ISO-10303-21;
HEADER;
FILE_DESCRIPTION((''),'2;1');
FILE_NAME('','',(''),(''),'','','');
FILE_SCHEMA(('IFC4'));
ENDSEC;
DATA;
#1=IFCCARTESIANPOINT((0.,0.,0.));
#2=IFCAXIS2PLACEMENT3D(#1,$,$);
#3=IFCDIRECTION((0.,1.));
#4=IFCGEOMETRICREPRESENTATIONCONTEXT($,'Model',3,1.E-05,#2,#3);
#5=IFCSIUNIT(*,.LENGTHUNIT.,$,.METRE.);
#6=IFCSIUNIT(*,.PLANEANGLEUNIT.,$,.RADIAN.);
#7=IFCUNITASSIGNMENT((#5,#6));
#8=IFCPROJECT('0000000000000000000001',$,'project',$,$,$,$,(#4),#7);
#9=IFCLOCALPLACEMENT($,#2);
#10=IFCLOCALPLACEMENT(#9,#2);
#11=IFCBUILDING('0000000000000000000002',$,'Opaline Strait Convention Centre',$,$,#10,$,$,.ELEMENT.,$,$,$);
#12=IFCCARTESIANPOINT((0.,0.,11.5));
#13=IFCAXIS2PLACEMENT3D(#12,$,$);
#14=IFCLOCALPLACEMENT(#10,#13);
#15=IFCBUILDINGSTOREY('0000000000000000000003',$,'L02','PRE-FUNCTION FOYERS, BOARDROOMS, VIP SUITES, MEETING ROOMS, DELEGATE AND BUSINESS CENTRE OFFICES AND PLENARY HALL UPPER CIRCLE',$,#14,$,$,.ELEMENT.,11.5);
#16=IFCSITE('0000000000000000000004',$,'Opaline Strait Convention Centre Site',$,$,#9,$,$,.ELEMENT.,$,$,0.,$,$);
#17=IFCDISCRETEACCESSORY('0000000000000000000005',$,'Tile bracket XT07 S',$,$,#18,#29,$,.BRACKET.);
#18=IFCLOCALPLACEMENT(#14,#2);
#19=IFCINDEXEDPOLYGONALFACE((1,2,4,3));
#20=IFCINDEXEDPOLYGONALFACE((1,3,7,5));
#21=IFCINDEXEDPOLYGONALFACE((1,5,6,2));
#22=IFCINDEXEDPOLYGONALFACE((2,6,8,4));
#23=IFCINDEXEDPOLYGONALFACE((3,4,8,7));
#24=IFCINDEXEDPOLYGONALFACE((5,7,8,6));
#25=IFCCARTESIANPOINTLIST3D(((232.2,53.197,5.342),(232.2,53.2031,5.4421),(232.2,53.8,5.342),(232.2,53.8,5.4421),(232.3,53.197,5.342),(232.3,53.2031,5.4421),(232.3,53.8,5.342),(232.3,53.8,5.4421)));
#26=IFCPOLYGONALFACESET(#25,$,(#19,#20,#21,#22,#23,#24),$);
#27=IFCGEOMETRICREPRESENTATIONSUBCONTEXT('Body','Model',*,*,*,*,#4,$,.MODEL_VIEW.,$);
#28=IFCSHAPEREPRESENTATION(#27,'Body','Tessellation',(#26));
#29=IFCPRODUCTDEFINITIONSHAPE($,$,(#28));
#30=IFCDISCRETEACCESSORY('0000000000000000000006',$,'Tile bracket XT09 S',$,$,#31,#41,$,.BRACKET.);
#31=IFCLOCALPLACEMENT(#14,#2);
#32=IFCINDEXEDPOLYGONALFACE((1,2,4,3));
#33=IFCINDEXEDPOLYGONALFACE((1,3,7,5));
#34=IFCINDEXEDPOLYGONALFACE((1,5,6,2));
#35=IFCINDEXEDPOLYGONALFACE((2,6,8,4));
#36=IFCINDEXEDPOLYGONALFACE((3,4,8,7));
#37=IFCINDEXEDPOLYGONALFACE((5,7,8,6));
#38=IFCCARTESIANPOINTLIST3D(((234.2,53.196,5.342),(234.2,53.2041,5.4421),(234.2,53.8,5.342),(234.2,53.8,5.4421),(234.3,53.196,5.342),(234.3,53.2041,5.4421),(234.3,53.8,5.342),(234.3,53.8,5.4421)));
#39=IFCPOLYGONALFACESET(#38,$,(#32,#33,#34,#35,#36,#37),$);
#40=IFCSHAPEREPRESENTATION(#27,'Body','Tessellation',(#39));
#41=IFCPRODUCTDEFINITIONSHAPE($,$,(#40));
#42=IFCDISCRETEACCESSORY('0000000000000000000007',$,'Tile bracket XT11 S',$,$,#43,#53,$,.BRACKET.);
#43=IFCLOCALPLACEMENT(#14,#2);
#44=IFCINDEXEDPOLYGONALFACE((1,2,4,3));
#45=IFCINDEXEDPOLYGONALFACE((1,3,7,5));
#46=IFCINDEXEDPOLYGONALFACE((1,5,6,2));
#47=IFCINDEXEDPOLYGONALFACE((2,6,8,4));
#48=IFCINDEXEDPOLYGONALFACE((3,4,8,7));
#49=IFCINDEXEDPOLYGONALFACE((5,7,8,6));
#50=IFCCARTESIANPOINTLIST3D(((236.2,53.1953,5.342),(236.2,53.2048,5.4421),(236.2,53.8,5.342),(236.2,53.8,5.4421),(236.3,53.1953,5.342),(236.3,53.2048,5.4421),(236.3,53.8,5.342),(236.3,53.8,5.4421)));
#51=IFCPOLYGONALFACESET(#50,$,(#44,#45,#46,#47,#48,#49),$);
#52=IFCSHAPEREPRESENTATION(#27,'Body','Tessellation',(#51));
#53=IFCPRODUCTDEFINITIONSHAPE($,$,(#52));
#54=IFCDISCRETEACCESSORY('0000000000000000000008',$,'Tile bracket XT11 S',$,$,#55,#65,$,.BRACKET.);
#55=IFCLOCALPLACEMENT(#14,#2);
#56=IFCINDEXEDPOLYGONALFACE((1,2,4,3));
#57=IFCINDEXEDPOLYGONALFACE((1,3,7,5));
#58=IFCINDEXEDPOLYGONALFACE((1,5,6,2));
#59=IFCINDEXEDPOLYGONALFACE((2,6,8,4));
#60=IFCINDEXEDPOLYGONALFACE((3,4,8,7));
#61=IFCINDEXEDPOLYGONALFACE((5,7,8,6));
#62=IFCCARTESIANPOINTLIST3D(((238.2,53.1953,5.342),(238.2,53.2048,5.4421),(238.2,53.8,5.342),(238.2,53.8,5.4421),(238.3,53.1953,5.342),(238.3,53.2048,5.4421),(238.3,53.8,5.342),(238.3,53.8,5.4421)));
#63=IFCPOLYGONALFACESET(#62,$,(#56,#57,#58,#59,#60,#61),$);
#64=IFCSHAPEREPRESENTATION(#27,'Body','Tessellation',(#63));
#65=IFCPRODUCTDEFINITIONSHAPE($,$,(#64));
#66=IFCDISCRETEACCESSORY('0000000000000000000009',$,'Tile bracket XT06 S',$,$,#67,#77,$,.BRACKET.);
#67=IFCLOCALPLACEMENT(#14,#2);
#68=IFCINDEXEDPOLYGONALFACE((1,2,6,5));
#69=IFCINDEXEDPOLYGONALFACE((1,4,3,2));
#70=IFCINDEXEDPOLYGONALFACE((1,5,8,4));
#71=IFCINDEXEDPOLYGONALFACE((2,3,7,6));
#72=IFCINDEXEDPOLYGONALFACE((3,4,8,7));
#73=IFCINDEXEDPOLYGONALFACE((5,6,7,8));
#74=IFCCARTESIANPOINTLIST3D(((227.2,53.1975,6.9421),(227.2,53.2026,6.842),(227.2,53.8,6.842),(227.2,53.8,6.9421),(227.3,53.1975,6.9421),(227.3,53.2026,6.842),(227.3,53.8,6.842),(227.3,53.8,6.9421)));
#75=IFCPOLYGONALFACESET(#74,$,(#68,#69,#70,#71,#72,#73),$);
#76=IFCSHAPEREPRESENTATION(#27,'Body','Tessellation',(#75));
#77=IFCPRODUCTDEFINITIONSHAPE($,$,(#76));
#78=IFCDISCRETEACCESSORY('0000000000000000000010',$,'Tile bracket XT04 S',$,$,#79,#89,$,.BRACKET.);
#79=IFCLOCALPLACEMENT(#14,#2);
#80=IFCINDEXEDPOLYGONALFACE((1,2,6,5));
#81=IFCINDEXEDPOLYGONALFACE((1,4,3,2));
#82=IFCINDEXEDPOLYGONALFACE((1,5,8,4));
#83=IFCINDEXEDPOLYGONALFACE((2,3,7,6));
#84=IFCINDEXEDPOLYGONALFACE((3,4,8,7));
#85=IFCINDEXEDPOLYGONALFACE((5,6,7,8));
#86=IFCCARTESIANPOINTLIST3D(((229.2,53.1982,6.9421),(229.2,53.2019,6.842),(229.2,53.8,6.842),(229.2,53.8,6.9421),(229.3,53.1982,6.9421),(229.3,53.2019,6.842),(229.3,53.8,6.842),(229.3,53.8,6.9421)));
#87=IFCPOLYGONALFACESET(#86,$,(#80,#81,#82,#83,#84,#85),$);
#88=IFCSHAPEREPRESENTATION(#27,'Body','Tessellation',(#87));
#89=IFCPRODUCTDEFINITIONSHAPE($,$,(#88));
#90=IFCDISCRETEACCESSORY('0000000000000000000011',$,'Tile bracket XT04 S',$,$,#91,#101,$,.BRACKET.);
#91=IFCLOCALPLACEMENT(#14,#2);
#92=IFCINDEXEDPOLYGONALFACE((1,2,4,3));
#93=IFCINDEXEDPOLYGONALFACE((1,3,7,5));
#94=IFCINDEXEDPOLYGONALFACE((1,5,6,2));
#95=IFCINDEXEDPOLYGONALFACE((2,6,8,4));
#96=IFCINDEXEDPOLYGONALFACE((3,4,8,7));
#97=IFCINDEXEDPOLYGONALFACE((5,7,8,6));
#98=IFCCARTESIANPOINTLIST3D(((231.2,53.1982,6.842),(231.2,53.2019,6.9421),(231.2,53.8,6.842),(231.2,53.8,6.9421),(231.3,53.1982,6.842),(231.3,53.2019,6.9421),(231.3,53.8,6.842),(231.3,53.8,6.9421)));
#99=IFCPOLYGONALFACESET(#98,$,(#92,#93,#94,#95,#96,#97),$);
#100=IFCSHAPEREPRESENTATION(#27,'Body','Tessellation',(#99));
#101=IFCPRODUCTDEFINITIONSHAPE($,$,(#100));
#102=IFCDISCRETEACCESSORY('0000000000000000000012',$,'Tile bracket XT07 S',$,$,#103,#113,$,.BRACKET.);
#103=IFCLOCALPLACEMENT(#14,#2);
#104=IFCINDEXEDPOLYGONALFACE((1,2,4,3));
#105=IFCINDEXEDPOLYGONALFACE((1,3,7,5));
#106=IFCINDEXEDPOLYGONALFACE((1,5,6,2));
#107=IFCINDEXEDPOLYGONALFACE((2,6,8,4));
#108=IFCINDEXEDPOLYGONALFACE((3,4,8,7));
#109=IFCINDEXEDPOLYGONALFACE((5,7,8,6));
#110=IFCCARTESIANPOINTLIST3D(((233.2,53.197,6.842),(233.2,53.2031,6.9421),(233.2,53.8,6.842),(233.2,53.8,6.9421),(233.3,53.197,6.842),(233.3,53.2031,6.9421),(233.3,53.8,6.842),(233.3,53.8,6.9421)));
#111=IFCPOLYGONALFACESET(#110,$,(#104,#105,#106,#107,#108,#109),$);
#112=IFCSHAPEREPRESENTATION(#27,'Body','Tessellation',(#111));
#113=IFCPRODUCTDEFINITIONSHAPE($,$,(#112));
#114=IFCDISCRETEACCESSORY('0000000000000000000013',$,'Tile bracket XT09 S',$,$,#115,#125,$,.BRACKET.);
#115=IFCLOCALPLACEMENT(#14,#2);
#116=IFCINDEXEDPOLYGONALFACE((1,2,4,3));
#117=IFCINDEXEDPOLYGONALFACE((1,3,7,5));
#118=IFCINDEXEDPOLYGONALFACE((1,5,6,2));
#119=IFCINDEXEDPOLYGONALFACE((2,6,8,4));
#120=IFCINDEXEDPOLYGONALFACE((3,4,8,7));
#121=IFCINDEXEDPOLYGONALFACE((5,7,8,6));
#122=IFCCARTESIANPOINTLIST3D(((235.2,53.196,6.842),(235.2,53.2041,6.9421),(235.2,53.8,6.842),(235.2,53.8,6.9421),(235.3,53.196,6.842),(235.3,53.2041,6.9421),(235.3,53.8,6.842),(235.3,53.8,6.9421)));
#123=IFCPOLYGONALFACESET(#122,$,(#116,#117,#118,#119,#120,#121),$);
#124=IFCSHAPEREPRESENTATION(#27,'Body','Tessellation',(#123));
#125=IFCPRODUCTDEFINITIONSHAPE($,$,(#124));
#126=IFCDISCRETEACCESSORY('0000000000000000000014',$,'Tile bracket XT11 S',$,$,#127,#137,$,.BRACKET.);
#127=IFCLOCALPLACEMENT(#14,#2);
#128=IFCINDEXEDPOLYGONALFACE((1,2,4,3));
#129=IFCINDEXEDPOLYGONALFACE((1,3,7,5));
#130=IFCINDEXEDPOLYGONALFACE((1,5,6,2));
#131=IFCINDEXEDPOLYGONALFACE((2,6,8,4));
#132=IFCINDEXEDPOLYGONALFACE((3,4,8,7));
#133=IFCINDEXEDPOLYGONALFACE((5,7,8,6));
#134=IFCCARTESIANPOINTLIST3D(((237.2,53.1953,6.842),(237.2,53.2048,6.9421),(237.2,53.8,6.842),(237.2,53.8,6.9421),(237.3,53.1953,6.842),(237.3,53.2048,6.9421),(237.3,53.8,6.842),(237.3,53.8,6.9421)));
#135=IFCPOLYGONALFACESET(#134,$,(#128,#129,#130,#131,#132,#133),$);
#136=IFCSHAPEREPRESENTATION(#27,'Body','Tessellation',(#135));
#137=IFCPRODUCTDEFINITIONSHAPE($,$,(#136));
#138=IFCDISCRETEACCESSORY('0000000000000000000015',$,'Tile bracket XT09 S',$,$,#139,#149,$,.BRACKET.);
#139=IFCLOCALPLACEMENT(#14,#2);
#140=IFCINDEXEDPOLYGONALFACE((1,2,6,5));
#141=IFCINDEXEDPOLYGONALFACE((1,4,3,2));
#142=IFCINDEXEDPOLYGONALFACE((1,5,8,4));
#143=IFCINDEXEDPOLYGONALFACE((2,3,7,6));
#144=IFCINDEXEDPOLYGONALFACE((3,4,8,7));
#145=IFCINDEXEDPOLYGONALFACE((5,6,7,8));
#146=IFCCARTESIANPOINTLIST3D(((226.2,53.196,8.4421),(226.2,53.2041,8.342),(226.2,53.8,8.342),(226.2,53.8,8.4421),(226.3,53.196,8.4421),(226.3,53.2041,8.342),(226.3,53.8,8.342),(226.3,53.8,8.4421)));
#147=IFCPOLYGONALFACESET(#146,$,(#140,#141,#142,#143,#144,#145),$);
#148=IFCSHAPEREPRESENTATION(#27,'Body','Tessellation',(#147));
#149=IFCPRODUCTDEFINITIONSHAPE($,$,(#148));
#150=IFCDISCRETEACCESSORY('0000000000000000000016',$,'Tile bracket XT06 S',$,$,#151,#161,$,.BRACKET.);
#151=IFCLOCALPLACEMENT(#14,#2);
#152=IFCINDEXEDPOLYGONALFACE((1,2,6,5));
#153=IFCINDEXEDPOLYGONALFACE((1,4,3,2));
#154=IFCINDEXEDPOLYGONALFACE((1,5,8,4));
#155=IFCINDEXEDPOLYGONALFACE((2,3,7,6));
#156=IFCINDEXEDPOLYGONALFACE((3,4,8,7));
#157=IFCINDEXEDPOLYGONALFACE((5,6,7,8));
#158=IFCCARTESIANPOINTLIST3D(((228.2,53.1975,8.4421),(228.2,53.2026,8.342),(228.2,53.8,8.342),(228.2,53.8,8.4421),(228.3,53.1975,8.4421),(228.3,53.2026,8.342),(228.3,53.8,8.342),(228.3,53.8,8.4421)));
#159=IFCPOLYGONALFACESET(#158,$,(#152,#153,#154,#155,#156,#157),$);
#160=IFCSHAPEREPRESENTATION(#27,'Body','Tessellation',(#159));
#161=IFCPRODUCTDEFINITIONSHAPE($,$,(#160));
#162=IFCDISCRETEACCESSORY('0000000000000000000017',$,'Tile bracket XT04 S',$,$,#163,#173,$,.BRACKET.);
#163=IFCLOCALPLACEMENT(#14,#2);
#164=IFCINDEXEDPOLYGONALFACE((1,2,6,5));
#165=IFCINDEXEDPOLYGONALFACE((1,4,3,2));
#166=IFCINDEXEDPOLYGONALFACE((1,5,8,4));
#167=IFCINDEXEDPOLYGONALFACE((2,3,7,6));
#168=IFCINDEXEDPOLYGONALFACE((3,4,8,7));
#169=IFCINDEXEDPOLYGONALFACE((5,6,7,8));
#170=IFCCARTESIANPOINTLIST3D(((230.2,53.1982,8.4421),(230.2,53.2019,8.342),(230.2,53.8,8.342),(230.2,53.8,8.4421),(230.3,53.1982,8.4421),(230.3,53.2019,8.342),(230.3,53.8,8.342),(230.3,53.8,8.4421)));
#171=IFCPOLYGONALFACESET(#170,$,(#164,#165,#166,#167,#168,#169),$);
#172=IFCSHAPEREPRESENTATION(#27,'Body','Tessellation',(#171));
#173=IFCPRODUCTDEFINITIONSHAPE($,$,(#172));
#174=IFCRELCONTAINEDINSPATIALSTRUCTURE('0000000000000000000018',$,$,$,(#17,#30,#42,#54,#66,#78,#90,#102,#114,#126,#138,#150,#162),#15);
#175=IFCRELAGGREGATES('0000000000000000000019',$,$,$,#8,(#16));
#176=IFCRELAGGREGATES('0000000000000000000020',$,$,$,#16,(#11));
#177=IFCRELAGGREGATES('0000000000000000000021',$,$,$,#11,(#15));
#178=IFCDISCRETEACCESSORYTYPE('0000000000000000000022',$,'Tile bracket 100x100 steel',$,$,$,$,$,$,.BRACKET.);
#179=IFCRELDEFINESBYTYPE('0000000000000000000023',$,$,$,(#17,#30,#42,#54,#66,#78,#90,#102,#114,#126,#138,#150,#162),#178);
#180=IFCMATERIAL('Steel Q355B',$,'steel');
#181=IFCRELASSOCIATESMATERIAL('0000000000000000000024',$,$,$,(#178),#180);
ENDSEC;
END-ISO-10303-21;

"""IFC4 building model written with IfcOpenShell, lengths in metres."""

from ifc_helpers import new_model, si_unit, direction, frame, origin, place, context, subcontext, project, spatial, polyline, outline, extrude, material, type_object, element, save


model = new_model("IFC4")

# Units and contexts
model_context = context("Model", 3, precision=1e-05, world=origin(), true_north=direction((0.0, 1.0)))
body_context = subcontext(model_context, "Body", "Model", "MODEL_VIEW")
ifc_project = project(units=[si_unit("LENGTHUNIT", "METRE"), si_unit("PLANEANGLEUNIT", "RADIAN")], contexts=[model_context])

# Site, building, storey
site_placement = place(None, origin())
site = spatial("IfcSite", under=ifc_project, at=site_placement, Name="Opaline Strait Convention Centre Site", CompositionType="ELEMENT", RefElevation=0.0)
building_placement = place(site_placement, origin())
building = spatial("IfcBuilding", under=site, at=building_placement, Name="Opaline Strait Convention Centre", CompositionType="ELEMENT")
storey_placement = place(building_placement, frame((0.0, 0.0, 11.5)))
storey = spatial("IfcBuildingStorey", under=building, at=storey_placement, Name="L02", Description="PRE-FUNCTION FOYERS, BOARDROOMS, VIP SUITES, MEETING ROOMS, DELEGATE AND BUSINESS CENTRE OFFICES AND PLENARY HALL UPPER CIRCLE", CompositionType="ELEMENT", Elevation=11.5)

# Discrete accessories
ifc_material_1 = material(Name="Steel Q355B", Category="steel")
discrete_accessory_type = type_object("IfcDiscreteAccessoryType", Name="Tile bracket 100x100 steel", PredefinedType="BRACKET", material=ifc_material_1)
discrete_accessory_1_placement = place(storey_placement, frame((232.2, 53.8, 5.3921), z_axis=(1.0, 0.0, 0.0), x_axis=(0.0, 1.0, 0.0)))
element("IfcDiscreteAccessory", 1, at=discrete_accessory_1_placement, inside=storey, type_object=discrete_accessory_type, Name="Tile bracket XT07 S", PredefinedType="BRACKET", context=body_context, shape_type="SweptSolid", body=[
    extrude(outline(polyline([(0.0, -0.05), (0.0, 0.05), (-0.5969, 0.05), (-0.603, -0.05), (0.0, -0.05)])), origin(), (0.0, 0.0, 1.0), 0.1001),
])
discrete_accessory_2_placement = place(storey_placement, frame((234.2, 53.8, 5.3921), z_axis=(1.0, 0.0, 0.0), x_axis=(0.0, 1.0, 0.0)))
element("IfcDiscreteAccessory", 2, at=discrete_accessory_2_placement, inside=storey, type_object=discrete_accessory_type, Name="Tile bracket XT09 S", PredefinedType="BRACKET", context=body_context, shape_type="SweptSolid", body=[
    extrude(outline(polyline([(0.0, -0.05), (0.0, 0.05), (-0.5959, 0.05), (-0.604, -0.05), (0.0, -0.05)])), origin(), (0.0, 0.0, 1.0), 0.1001),
])
for number, where, z_axis, x_axis, name in (
    (3, (236.2, 53.8, 5.3921), (1.0, 0.0, 0.0), (0.0, 1.0, 0.0), "Tile bracket XT11 S"),
    (4, (238.2, 53.8, 5.3921), (1.0, 0.0, 0.0), (0.0, 1.0, 0.0), "Tile bracket XT11 S"),
):
    element("IfcDiscreteAccessory", number, at=place(storey_placement, frame(where, z_axis=z_axis, x_axis=x_axis)), inside=storey, type_object=discrete_accessory_type, Name=name, PredefinedType="BRACKET", context=body_context, shape_type="SweptSolid", body=[
        extrude(outline(polyline([(0.0, -0.05), (0.0, 0.05), (-0.5952, 0.05), (-0.6047, -0.05), (0.0, -0.05)])), origin(), (0.0, 0.0, 1.0), 0.1001),
    ])
discrete_accessory_3_placement = place(storey_placement, frame((227.2, 53.8, 6.8921), z_axis=(1.0, 0.0, 0.0), x_axis=(0.0, 1.0, 0.0)))
element("IfcDiscreteAccessory", 5, at=discrete_accessory_3_placement, inside=storey, type_object=discrete_accessory_type, Name="Tile bracket XT06 S", PredefinedType="BRACKET", context=body_context, shape_type="SweptSolid", body=[
    extrude(outline(polyline([(0.0, -0.05), (0.0, 0.05), (-0.6025, 0.05), (-0.5974, -0.05), (0.0, -0.05)])), origin(), (0.0, 0.0, 1.0), 0.1001),
])
discrete_accessory_4_placement = place(storey_placement, frame((229.2, 53.8, 6.8921), z_axis=(1.0, 0.0, 0.0), x_axis=(0.0, 1.0, 0.0)))
element("IfcDiscreteAccessory", 6, at=discrete_accessory_4_placement, inside=storey, type_object=discrete_accessory_type, Name="Tile bracket XT04 S", PredefinedType="BRACKET", context=body_context, shape_type="SweptSolid", body=[
    extrude(outline(polyline([(0.0, -0.05), (0.0, 0.05), (-0.6018, 0.05), (-0.5981, -0.05), (0.0, -0.05)])), origin(), (0.0, 0.0, 1.0), 0.1001),
])
discrete_accessory_5_placement = place(storey_placement, frame((231.2, 53.8, 6.8921), z_axis=(1.0, 0.0, 0.0), x_axis=(0.0, 1.0, 0.0)))
element("IfcDiscreteAccessory", 7, at=discrete_accessory_5_placement, inside=storey, type_object=discrete_accessory_type, Name="Tile bracket XT04 S", PredefinedType="BRACKET", context=body_context, shape_type="SweptSolid", body=[
    extrude(outline(polyline([(0.0, -0.05), (0.0, 0.05), (-0.5981, 0.05), (-0.6018, -0.05), (0.0, -0.05)])), origin(), (0.0, 0.0, 1.0), 0.1001),
])
discrete_accessory_6_placement = place(storey_placement, frame((233.2, 53.8, 6.8921), z_axis=(1.0, 0.0, 0.0), x_axis=(0.0, 1.0, 0.0)))
element("IfcDiscreteAccessory", 8, at=discrete_accessory_6_placement, inside=storey, type_object=discrete_accessory_type, Name="Tile bracket XT07 S", PredefinedType="BRACKET", context=body_context, shape_type="SweptSolid", body=[
    extrude(outline(polyline([(0.0, -0.05), (0.0, 0.05), (-0.5969, 0.05), (-0.603, -0.05), (0.0, -0.05)])), origin(), (0.0, 0.0, 1.0), 0.1001),
])
discrete_accessory_7_placement = place(storey_placement, frame((235.2, 53.8, 6.8921), z_axis=(1.0, 0.0, 0.0), x_axis=(0.0, 1.0, 0.0)))
element("IfcDiscreteAccessory", 9, at=discrete_accessory_7_placement, inside=storey, type_object=discrete_accessory_type, Name="Tile bracket XT09 S", PredefinedType="BRACKET", context=body_context, shape_type="SweptSolid", body=[
    extrude(outline(polyline([(0.0, -0.05), (0.0, 0.05), (-0.5959, 0.05), (-0.604, -0.05), (0.0, -0.05)])), origin(), (0.0, 0.0, 1.0), 0.1001),
])
discrete_accessory_8_placement = place(storey_placement, frame((237.2, 53.8, 6.8921), z_axis=(1.0, 0.0, 0.0), x_axis=(0.0, 1.0, 0.0)))
element("IfcDiscreteAccessory", 10, at=discrete_accessory_8_placement, inside=storey, type_object=discrete_accessory_type, Name="Tile bracket XT11 S", PredefinedType="BRACKET", context=body_context, shape_type="SweptSolid", body=[
    extrude(outline(polyline([(0.0, -0.05), (0.0, 0.05), (-0.5952, 0.05), (-0.6047, -0.05), (0.0, -0.05)])), origin(), (0.0, 0.0, 1.0), 0.1001),
])
discrete_accessory_9_placement = place(storey_placement, frame((226.2, 53.8, 8.3921), z_axis=(1.0, 0.0, 0.0), x_axis=(0.0, 1.0, 0.0)))
element("IfcDiscreteAccessory", 11, at=discrete_accessory_9_placement, inside=storey, type_object=discrete_accessory_type, Name="Tile bracket XT09 S", PredefinedType="BRACKET", context=body_context, shape_type="SweptSolid", body=[
    extrude(outline(polyline([(0.0, -0.05), (0.0, 0.05), (-0.604, 0.05), (-0.5959, -0.05), (0.0, -0.05)])), origin(), (0.0, 0.0, 1.0), 0.1001),
])
discrete_accessory_10_placement = place(storey_placement, frame((228.2, 53.8, 8.3921), z_axis=(1.0, 0.0, 0.0), x_axis=(0.0, 1.0, 0.0)))
element("IfcDiscreteAccessory", 12, at=discrete_accessory_10_placement, inside=storey, type_object=discrete_accessory_type, Name="Tile bracket XT06 S", PredefinedType="BRACKET", context=body_context, shape_type="SweptSolid", body=[
    extrude(outline(polyline([(0.0, -0.05), (0.0, 0.05), (-0.6025, 0.05), (-0.5974, -0.05), (0.0, -0.05)])), origin(), (0.0, 0.0, 1.0), 0.1001),
])
discrete_accessory_11_placement = place(storey_placement, frame((230.2, 53.8, 8.3921), z_axis=(1.0, 0.0, 0.0), x_axis=(0.0, 1.0, 0.0)))
element("IfcDiscreteAccessory", 13, at=discrete_accessory_11_placement, inside=storey, type_object=discrete_accessory_type, Name="Tile bracket XT04 S", PredefinedType="BRACKET", context=body_context, shape_type="SweptSolid", body=[
    extrude(outline(polyline([(0.0, -0.05), (0.0, 0.05), (-0.6018, 0.05), (-0.5981, -0.05), (0.0, -0.05)])), origin(), (0.0, 0.0, 1.0), 0.1001),
])

save(model, "model.ifc")
